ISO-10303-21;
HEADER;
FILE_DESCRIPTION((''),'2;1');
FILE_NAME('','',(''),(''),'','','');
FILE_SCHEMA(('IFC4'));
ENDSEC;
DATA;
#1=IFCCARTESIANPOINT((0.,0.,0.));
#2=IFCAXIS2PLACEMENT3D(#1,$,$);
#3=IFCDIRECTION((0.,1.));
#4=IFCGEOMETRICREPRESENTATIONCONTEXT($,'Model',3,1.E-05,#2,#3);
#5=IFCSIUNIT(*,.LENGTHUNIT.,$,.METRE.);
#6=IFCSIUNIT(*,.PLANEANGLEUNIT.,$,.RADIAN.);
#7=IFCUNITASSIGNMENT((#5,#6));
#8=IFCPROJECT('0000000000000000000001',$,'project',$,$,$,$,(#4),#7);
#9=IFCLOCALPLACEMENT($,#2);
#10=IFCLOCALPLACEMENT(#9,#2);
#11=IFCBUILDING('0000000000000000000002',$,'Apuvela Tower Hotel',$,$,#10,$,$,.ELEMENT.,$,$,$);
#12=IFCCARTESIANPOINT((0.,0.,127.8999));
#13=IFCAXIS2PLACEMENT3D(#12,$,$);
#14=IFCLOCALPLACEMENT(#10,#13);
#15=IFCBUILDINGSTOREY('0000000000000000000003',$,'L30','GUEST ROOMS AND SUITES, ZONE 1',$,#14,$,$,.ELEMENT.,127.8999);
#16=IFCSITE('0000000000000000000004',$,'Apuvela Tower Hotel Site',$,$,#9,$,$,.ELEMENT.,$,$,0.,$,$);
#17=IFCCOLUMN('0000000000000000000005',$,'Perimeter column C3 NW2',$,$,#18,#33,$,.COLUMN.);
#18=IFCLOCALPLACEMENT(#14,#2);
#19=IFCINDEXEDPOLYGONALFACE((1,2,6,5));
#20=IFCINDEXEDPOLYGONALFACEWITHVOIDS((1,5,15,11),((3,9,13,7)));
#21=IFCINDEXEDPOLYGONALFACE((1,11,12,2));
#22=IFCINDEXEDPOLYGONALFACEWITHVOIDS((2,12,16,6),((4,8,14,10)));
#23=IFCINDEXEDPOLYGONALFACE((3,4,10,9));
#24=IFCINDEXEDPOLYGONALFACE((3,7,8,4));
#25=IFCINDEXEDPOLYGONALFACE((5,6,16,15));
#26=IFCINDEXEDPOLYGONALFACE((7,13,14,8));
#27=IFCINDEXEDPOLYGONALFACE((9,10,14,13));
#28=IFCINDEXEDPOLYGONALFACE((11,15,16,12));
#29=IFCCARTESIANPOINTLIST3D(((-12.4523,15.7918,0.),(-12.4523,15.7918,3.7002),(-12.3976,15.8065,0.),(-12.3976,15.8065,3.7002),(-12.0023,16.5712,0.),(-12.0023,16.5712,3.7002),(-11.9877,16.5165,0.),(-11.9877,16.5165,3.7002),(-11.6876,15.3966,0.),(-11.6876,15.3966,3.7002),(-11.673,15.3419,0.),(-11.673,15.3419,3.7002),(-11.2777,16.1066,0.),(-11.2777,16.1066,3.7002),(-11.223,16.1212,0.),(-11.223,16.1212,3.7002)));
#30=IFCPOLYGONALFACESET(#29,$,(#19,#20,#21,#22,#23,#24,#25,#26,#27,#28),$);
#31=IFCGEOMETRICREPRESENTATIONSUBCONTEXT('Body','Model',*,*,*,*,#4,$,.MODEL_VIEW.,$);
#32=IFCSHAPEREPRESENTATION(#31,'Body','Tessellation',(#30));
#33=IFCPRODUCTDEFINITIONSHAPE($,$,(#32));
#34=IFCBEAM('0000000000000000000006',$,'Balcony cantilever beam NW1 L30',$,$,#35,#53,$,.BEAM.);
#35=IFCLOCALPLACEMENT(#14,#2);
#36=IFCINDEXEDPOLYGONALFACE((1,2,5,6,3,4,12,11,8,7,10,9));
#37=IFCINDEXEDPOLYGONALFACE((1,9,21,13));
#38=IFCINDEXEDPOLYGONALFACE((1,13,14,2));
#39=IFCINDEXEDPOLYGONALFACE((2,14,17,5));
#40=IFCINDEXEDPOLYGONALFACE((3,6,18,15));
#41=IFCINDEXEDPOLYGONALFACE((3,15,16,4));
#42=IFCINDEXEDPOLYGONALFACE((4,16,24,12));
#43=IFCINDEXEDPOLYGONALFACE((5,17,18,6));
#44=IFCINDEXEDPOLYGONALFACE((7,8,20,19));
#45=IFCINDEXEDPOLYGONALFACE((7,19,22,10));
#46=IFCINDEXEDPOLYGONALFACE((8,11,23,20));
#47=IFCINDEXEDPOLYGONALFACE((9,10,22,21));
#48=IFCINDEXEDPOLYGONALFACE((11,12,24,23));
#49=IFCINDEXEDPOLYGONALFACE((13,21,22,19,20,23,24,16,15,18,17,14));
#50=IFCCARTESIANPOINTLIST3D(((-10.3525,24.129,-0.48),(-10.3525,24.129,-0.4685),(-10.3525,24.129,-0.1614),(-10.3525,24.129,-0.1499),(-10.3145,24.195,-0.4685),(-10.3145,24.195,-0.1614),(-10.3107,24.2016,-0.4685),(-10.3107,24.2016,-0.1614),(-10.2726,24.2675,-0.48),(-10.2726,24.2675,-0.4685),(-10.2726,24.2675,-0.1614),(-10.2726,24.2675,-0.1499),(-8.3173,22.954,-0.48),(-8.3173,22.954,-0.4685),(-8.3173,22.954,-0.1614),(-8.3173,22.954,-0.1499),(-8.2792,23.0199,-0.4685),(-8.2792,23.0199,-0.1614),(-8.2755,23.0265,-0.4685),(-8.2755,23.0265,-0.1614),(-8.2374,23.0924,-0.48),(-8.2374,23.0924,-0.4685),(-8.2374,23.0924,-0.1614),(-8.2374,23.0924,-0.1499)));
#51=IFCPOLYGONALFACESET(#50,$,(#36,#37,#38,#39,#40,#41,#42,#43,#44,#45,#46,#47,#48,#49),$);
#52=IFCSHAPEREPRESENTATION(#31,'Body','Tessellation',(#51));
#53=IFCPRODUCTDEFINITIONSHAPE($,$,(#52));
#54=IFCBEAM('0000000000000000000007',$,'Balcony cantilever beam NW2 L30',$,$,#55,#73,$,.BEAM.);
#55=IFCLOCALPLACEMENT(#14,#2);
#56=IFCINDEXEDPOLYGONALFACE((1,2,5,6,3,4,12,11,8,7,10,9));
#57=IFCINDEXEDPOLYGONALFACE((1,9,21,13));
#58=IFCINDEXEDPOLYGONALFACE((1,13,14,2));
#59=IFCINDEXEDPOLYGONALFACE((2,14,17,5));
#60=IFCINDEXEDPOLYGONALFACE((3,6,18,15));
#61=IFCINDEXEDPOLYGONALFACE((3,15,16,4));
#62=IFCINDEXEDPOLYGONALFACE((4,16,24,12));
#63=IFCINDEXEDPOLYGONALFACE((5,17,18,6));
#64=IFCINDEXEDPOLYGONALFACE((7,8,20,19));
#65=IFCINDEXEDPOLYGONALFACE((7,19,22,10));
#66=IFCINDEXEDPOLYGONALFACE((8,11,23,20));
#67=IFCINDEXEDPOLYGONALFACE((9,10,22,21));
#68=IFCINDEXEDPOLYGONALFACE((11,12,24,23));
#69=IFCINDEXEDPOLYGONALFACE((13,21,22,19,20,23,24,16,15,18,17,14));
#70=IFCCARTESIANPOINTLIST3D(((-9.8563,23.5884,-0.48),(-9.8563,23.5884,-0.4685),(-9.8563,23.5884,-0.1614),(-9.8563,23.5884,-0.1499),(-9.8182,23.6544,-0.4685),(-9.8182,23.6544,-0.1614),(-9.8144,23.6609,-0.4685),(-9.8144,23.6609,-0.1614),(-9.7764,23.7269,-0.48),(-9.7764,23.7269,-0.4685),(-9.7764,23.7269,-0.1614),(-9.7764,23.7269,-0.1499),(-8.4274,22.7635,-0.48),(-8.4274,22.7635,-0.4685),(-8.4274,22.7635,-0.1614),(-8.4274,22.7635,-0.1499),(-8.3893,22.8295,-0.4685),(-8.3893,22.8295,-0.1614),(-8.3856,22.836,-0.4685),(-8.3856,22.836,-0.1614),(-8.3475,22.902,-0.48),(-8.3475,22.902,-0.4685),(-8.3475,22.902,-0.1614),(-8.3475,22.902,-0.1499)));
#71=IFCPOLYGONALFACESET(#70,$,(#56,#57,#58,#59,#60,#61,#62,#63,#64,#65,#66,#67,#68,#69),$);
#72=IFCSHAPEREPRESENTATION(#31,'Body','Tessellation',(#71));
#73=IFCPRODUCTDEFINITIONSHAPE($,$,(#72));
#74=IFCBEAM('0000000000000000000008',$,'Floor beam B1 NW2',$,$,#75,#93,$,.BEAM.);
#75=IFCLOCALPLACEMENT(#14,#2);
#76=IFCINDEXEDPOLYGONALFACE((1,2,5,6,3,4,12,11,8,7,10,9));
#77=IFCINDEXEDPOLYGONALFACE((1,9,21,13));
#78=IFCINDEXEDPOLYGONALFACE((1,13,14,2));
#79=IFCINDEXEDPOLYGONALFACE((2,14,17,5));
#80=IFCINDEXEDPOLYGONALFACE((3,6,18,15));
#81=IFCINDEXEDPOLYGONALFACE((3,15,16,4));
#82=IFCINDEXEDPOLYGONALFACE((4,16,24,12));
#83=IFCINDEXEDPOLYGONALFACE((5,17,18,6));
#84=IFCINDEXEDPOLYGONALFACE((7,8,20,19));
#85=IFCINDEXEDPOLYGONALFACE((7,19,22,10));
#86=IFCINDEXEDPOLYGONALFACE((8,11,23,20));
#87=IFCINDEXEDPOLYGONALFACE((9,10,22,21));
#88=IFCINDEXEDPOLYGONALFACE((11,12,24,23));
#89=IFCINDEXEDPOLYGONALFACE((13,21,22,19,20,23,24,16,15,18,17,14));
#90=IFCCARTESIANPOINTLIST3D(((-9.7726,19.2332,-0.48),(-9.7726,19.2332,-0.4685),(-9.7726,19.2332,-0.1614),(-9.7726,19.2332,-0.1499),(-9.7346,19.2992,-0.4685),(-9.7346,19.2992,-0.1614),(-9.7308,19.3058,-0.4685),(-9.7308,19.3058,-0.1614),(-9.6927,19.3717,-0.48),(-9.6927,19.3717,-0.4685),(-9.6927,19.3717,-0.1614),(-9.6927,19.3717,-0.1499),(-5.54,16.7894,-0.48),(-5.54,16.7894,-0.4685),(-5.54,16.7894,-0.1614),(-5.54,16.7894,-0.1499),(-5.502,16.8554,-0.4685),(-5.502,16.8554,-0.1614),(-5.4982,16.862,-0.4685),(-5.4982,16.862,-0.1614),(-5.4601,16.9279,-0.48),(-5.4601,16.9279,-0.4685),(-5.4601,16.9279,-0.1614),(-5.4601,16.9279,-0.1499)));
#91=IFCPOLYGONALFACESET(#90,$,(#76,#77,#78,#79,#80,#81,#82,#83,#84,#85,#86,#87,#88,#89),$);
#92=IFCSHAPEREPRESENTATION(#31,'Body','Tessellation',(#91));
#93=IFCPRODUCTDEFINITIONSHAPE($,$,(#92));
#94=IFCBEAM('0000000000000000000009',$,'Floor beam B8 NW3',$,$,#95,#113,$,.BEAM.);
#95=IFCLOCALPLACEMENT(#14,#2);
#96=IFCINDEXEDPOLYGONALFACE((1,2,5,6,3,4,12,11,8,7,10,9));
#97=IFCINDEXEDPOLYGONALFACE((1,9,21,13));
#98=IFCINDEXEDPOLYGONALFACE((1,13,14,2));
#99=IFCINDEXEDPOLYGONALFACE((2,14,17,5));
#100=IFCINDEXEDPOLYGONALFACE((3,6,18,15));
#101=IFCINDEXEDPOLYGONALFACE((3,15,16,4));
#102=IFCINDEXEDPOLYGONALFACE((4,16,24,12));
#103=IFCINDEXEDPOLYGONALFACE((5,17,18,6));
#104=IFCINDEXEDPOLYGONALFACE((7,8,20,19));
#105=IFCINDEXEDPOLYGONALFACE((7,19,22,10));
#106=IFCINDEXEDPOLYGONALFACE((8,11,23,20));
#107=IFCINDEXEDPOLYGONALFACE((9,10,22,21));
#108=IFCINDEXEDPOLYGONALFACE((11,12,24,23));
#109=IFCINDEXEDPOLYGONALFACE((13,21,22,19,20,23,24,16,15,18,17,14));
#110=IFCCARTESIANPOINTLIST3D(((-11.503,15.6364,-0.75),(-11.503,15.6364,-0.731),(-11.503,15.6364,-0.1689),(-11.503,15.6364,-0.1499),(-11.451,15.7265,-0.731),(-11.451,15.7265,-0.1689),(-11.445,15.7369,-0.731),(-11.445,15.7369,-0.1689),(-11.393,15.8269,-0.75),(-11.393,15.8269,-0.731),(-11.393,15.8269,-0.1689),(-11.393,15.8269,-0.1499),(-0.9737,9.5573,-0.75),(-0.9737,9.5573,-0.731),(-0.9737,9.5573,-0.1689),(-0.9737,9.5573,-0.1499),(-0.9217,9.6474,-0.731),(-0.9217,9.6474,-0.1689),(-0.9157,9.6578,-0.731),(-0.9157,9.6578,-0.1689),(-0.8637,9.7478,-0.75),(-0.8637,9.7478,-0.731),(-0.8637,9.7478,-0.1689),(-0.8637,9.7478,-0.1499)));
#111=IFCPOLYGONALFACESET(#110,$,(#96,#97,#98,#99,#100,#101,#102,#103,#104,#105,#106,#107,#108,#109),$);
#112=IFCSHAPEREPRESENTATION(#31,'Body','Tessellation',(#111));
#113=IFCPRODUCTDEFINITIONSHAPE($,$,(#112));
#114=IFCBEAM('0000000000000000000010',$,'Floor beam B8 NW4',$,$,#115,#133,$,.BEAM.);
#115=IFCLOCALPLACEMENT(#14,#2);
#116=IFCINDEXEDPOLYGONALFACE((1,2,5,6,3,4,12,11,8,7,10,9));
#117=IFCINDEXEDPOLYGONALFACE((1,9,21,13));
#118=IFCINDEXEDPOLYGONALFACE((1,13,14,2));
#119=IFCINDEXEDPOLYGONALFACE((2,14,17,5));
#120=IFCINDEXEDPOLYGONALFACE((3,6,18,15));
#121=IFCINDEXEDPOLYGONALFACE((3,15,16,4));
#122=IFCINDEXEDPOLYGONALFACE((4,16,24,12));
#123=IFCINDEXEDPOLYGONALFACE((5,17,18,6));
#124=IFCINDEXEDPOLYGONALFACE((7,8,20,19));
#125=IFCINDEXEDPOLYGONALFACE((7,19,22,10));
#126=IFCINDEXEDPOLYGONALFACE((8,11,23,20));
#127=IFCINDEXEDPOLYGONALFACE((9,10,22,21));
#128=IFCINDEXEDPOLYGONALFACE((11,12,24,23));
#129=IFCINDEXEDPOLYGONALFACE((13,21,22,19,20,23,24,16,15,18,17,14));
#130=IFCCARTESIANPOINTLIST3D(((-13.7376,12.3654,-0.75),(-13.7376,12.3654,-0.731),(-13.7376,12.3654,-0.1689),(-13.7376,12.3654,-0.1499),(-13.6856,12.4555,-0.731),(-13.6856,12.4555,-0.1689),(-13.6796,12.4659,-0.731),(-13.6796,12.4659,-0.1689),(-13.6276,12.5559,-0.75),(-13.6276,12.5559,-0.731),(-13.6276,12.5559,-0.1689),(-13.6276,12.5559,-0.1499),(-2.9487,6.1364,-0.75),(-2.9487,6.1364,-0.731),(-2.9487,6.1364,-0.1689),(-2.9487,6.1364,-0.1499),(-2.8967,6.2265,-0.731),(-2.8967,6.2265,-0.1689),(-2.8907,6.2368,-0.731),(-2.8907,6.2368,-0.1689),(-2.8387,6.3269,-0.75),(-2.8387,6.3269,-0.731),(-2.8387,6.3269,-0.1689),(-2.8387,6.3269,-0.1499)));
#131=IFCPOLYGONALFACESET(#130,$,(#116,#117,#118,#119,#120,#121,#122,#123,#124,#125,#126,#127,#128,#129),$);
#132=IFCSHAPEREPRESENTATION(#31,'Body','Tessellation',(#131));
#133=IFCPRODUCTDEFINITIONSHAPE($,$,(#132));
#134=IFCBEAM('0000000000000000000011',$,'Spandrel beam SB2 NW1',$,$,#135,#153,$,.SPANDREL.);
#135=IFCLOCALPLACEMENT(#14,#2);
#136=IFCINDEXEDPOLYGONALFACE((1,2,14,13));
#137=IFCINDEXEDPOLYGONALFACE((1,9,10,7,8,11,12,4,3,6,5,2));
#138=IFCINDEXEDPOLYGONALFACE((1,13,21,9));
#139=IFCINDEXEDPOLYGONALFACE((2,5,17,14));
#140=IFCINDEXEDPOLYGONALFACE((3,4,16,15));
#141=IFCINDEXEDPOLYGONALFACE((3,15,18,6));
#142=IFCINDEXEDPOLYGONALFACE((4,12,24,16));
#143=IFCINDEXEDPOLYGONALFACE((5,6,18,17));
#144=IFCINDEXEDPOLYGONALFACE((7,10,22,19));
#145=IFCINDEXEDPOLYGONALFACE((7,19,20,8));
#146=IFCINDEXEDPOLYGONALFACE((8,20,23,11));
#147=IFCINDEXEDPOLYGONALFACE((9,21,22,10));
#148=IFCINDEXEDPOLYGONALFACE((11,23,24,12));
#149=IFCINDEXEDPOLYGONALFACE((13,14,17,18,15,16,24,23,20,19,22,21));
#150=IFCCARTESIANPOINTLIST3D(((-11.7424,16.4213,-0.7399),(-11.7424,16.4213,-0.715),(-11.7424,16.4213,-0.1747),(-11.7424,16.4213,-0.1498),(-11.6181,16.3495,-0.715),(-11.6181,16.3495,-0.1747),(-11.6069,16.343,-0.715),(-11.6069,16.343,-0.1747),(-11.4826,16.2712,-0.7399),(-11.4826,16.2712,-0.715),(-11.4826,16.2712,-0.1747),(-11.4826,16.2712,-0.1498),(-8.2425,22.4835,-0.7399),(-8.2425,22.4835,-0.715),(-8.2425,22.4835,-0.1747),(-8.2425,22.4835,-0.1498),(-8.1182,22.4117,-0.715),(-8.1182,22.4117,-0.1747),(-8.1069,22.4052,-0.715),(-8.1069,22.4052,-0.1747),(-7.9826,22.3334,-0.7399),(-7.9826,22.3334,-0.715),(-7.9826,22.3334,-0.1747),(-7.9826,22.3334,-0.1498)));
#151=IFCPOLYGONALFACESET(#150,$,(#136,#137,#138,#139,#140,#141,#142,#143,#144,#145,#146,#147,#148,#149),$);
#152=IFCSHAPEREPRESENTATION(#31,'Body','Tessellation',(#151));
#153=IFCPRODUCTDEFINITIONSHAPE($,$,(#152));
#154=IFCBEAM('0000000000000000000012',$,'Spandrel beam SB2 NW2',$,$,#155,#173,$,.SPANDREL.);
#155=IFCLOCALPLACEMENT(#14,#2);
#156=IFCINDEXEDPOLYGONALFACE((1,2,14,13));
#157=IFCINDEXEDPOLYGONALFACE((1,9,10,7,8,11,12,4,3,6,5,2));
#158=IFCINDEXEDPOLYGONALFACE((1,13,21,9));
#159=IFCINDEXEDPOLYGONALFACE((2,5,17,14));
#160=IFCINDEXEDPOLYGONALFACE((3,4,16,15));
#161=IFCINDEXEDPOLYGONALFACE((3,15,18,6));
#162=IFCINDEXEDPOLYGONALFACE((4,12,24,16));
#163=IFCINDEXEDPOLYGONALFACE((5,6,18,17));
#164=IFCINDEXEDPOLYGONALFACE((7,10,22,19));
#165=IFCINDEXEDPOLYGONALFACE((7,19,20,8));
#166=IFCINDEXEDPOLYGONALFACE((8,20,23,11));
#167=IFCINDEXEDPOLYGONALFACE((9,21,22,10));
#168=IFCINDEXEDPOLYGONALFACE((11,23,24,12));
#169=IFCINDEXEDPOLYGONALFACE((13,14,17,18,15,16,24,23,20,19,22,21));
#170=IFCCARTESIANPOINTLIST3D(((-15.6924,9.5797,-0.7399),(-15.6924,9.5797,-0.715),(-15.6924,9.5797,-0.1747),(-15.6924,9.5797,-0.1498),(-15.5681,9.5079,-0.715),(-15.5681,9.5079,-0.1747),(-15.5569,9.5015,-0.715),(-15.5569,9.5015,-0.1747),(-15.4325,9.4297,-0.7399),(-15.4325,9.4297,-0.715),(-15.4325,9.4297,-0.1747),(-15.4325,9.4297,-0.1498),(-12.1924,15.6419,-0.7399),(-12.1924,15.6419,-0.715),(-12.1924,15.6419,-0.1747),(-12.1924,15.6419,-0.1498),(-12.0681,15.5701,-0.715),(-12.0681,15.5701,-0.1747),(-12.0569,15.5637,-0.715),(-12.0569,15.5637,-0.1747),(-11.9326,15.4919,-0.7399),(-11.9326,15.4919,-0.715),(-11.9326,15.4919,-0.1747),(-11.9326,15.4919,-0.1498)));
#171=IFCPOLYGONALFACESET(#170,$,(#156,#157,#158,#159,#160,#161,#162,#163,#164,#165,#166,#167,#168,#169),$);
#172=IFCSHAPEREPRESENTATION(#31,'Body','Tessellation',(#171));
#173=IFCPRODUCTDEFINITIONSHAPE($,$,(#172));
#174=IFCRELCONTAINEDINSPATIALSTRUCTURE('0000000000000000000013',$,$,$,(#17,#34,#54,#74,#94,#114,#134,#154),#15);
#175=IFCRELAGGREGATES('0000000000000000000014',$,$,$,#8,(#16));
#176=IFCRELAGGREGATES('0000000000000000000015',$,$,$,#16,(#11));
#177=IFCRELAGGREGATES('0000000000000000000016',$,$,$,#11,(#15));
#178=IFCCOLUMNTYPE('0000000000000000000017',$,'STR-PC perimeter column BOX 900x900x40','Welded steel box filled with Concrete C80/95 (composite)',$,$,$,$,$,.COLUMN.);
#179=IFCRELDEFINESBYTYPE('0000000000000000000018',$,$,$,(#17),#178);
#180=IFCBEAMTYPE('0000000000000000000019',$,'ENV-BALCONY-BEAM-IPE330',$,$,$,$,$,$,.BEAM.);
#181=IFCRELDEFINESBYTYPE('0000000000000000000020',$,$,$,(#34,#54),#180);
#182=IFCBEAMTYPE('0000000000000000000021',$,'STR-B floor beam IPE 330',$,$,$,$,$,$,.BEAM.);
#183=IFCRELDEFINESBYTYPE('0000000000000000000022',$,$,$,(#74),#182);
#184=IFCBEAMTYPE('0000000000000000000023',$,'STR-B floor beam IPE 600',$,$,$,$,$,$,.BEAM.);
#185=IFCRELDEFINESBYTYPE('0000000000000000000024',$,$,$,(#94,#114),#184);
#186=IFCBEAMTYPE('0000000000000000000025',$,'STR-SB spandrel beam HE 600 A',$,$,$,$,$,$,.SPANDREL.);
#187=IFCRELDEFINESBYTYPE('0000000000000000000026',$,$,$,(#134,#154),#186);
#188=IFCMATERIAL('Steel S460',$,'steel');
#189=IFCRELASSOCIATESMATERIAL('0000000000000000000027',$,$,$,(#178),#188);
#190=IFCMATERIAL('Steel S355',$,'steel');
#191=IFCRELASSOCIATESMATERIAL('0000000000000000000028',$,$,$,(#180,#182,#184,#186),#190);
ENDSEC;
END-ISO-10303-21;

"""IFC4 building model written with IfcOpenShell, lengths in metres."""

from ifc_helpers import new_model, si_unit, direction, frame, origin, origin_2d, place, context, subcontext, project, spatial, rectangle, hollow_rectangle, i_section, extrude, material, material_profile, profile_set, type_object, element, save


model = new_model("IFC4")

# Units and contexts
model_context = context("Model", 3, precision=1e-05, world=origin(), true_north=direction((0.0, 1.0)))
body_context = subcontext(model_context, "Body", "Model", "MODEL_VIEW")
ifc_project = project(units=[si_unit("LENGTHUNIT", "METRE"), si_unit("PLANEANGLEUNIT", "RADIAN")], contexts=[model_context])

# Site, building, storey
site_placement = place(None, origin())
site = spatial("IfcSite", under=ifc_project, at=site_placement, Name="Apuvela Tower Hotel Site", CompositionType="ELEMENT", RefElevation=0.0)
building_placement = place(site_placement, origin())
building = spatial("IfcBuilding", under=site, at=building_placement, Name="Apuvela Tower Hotel", CompositionType="ELEMENT")
storey_placement = place(building_placement, frame((0.0, 0.0, 127.8999)))
storey = spatial("IfcBuildingStorey", under=building, at=storey_placement, Name="L30", Description="GUEST ROOMS AND SUITES, ZONE 1", CompositionType="ELEMENT", Elevation=127.8999)

# Column
ifc_material_1 = material(Name="Steel S460", Category="steel")
ifc_material_profile_1 = material_profile(ifc_material_1, hollow_rectangle(XDim=0.8999, YDim=0.8999, WallThickness=0.04, at=origin_2d()), Name="BOX 900x900x40")
ifc_material_2 = material(Name="Concrete C80/95", Category="concrete")
ifc_material_profile_2 = material_profile(ifc_material_2, rectangle(XDim=0.8201, YDim=0.8201, at=origin_2d()), Name="Concrete C80/95 infill")
ifc_profile_set_1 = profile_set([ifc_material_profile_1, ifc_material_profile_2], Name="Steel S460")
column_type = type_object("IfcColumnType", Name="STR-PC perimeter column BOX 900x900x40", Description="Welded steel box filled with Concrete C80/95 (composite)", PredefinedType="COLUMN", material=ifc_profile_set_1)
column_placement = place(storey_placement, frame((-11.8376, 15.9565, 0.0), z_axis=(0.0, 0.0, 1.0), x_axis=(0.5, 0.866025, 0.0)))
element("IfcColumn", 1, at=column_placement, inside=storey, type_object=column_type, Name="Perimeter column C3 NW2", PredefinedType="COLUMN", context=body_context, shape_type="SweptSolid", body=[
    extrude(hollow_rectangle(XDim=0.8999, YDim=0.8999, WallThickness=0.04, at=origin_2d()), origin(), (0.0, 0.0, 1.0), 3.7002),
])

# Beams
ifc_material_3 = material(Name="Steel S355", Category="steel")
ifc_material_profile_3 = material_profile(ifc_material_3, i_section(OverallWidth=0.1599, OverallDepth=0.3301, WebThickness=0.0076, FlangeThickness=0.0115, at=origin_2d()), Name="IPE 330")
ifc_profile_set_2 = profile_set([ifc_material_profile_3], Name="Steel S355")
beam_type_1 = type_object("IfcBeamType", Name="ENV-BALCONY-BEAM-IPE330", PredefinedType="BEAM", material=ifc_profile_set_2)
beam_1_placement = place(storey_placement, frame((-8.2773, 23.0232, -0.3149), z_axis=(-0.866016, 0.500016, 0.0), x_axis=(-0.500016, -0.866016, 0.0)))
element("IfcBeam", 2, at=beam_1_placement, inside=storey, type_object=beam_type_1, Name="Balcony cantilever beam NW1 L30", PredefinedType="BEAM", context=body_context, shape_type="SweptSolid", body=[
    extrude(i_section(OverallWidth=0.1599, OverallDepth=0.3301, WebThickness=0.0076, FlangeThickness=0.0115, at=origin_2d()), origin(), (0.0, 0.0, 1.0), 2.3501),
])
beam_2_placement = place(storey_placement, frame((-8.3875, 22.8328, -0.3149), z_axis=(-0.86604, 0.499974, 0.0), x_axis=(-0.499974, -0.86604, 0.0)))
element("IfcBeam", 3, at=beam_2_placement, inside=storey, type_object=beam_type_1, Name="Balcony cantilever beam NW2 L30", PredefinedType="BEAM", context=body_context, shape_type="SweptSolid", body=[
    extrude(i_section(OverallWidth=0.1599, OverallDepth=0.3301, WebThickness=0.0076, FlangeThickness=0.0115, at=origin_2d()), origin(), (0.0, 0.0, 1.0), 1.6499),
])
ifc_material_profile_4 = material_profile(ifc_material_3, i_section(OverallWidth=0.1599, OverallDepth=0.3301, WebThickness=0.0076, FlangeThickness=0.0115, at=origin_2d()), Name="IPE 330")
ifc_profile_set_3 = profile_set([ifc_material_profile_4], Name="Steel S355")
beam_type_2 = type_object("IfcBeamType", Name="STR-B floor beam IPE 330", PredefinedType="BEAM", material=ifc_profile_set_3)
beam_3_placement = place(storey_placement, frame((-9.7327, 19.3025, -0.3149), z_axis=(0.866015, -0.500018, 0.0), x_axis=(0.500018, 0.866015, 0.0)))
element("IfcBeam", 4, at=beam_3_placement, inside=storey, type_object=beam_type_2, Name="Floor beam B1 NW2", PredefinedType="BEAM", context=body_context, shape_type="SweptSolid", body=[
    extrude(i_section(OverallWidth=0.1599, OverallDepth=0.3301, WebThickness=0.0076, FlangeThickness=0.0115, at=origin_2d()), origin(), (0.0, 0.0, 1.0), 4.8875),
])
ifc_material_profile_5 = material_profile(ifc_material_3, i_section(OverallWidth=0.22, OverallDepth=0.6001, WebThickness=0.012, FlangeThickness=0.019, at=origin_2d()), Name="IPE 600")
ifc_profile_set_4 = profile_set([ifc_material_profile_5], Name="Steel S355")
beam_type_3 = type_object("IfcBeamType", Name="STR-B floor beam IPE 600", PredefinedType="BEAM", material=ifc_profile_set_4)
beam_4_placement = place(storey_placement, frame((-11.448, 15.7317, -0.45), z_axis=(0.866025, -0.500001, 0.0), x_axis=(0.500001, 0.866025, 0.0)))
element("IfcBeam", 5, at=beam_4_placement, inside=storey, type_object=beam_type_3, Name="Floor beam B8 NW3", PredefinedType="BEAM", context=body_context, shape_type="SweptSolid", body=[
    extrude(i_section(OverallWidth=0.22, OverallDepth=0.6001, WebThickness=0.012, FlangeThickness=0.019, at=origin_2d()), origin(), (0.0, 0.0, 1.0), 12.1582),
])
beam_5_placement = place(storey_placement, frame((-13.6826, 12.4607, -0.45), z_axis=(0.866023, -0.500005, 0.0), x_axis=(0.500005, 0.866023, 0.0)))
element("IfcBeam", 6, at=beam_5_placement, inside=storey, type_object=beam_type_3, Name="Floor beam B8 NW4", PredefinedType="BEAM", context=body_context, shape_type="SweptSolid", body=[
    extrude(i_section(OverallWidth=0.22, OverallDepth=0.6001, WebThickness=0.012, FlangeThickness=0.019, at=origin_2d()), origin(), (0.0, 0.0, 1.0), 12.458),
])
ifc_material_profile_6 = material_profile(ifc_material_3, i_section(OverallWidth=0.3, OverallDepth=0.5901, WebThickness=0.0129, FlangeThickness=0.0249, at=origin_2d()), Name="HE 600 A")
ifc_profile_set_5 = profile_set([ifc_material_profile_6], Name="Steel S355")
beam_type_4 = type_object("IfcBeamType", Name="STR-SB spandrel beam HE 600 A", PredefinedType="SPANDREL", material=ifc_profile_set_5)
for number, where, z_axis, x_axis, name in (
    (7, (-8.1125, 22.4084, -0.4448), (-0.499995, -0.866028, 0.0), (0.866028, -0.499995, 0.0), "Spandrel beam SB2 NW1"),
    (8, (-12.0625, 15.5669, -0.4448), (-0.499995, -0.866028, 0.0), (0.866028, -0.499995, 0.0), "Spandrel beam SB2 NW2"),
):
    element("IfcBeam", number, at=place(storey_placement, frame(where, z_axis=z_axis, x_axis=x_axis)), inside=storey, type_object=beam_type_4, Name=name, PredefinedType="SPANDREL", context=body_context, shape_type="SweptSolid", body=[
        extrude(i_section(OverallWidth=0.3, OverallDepth=0.5901, WebThickness=0.0129, FlangeThickness=0.0249, at=origin_2d()), origin(), (0.0, 0.0, 1.0), 7.0),
    ])

save(model, "model.ifc")
